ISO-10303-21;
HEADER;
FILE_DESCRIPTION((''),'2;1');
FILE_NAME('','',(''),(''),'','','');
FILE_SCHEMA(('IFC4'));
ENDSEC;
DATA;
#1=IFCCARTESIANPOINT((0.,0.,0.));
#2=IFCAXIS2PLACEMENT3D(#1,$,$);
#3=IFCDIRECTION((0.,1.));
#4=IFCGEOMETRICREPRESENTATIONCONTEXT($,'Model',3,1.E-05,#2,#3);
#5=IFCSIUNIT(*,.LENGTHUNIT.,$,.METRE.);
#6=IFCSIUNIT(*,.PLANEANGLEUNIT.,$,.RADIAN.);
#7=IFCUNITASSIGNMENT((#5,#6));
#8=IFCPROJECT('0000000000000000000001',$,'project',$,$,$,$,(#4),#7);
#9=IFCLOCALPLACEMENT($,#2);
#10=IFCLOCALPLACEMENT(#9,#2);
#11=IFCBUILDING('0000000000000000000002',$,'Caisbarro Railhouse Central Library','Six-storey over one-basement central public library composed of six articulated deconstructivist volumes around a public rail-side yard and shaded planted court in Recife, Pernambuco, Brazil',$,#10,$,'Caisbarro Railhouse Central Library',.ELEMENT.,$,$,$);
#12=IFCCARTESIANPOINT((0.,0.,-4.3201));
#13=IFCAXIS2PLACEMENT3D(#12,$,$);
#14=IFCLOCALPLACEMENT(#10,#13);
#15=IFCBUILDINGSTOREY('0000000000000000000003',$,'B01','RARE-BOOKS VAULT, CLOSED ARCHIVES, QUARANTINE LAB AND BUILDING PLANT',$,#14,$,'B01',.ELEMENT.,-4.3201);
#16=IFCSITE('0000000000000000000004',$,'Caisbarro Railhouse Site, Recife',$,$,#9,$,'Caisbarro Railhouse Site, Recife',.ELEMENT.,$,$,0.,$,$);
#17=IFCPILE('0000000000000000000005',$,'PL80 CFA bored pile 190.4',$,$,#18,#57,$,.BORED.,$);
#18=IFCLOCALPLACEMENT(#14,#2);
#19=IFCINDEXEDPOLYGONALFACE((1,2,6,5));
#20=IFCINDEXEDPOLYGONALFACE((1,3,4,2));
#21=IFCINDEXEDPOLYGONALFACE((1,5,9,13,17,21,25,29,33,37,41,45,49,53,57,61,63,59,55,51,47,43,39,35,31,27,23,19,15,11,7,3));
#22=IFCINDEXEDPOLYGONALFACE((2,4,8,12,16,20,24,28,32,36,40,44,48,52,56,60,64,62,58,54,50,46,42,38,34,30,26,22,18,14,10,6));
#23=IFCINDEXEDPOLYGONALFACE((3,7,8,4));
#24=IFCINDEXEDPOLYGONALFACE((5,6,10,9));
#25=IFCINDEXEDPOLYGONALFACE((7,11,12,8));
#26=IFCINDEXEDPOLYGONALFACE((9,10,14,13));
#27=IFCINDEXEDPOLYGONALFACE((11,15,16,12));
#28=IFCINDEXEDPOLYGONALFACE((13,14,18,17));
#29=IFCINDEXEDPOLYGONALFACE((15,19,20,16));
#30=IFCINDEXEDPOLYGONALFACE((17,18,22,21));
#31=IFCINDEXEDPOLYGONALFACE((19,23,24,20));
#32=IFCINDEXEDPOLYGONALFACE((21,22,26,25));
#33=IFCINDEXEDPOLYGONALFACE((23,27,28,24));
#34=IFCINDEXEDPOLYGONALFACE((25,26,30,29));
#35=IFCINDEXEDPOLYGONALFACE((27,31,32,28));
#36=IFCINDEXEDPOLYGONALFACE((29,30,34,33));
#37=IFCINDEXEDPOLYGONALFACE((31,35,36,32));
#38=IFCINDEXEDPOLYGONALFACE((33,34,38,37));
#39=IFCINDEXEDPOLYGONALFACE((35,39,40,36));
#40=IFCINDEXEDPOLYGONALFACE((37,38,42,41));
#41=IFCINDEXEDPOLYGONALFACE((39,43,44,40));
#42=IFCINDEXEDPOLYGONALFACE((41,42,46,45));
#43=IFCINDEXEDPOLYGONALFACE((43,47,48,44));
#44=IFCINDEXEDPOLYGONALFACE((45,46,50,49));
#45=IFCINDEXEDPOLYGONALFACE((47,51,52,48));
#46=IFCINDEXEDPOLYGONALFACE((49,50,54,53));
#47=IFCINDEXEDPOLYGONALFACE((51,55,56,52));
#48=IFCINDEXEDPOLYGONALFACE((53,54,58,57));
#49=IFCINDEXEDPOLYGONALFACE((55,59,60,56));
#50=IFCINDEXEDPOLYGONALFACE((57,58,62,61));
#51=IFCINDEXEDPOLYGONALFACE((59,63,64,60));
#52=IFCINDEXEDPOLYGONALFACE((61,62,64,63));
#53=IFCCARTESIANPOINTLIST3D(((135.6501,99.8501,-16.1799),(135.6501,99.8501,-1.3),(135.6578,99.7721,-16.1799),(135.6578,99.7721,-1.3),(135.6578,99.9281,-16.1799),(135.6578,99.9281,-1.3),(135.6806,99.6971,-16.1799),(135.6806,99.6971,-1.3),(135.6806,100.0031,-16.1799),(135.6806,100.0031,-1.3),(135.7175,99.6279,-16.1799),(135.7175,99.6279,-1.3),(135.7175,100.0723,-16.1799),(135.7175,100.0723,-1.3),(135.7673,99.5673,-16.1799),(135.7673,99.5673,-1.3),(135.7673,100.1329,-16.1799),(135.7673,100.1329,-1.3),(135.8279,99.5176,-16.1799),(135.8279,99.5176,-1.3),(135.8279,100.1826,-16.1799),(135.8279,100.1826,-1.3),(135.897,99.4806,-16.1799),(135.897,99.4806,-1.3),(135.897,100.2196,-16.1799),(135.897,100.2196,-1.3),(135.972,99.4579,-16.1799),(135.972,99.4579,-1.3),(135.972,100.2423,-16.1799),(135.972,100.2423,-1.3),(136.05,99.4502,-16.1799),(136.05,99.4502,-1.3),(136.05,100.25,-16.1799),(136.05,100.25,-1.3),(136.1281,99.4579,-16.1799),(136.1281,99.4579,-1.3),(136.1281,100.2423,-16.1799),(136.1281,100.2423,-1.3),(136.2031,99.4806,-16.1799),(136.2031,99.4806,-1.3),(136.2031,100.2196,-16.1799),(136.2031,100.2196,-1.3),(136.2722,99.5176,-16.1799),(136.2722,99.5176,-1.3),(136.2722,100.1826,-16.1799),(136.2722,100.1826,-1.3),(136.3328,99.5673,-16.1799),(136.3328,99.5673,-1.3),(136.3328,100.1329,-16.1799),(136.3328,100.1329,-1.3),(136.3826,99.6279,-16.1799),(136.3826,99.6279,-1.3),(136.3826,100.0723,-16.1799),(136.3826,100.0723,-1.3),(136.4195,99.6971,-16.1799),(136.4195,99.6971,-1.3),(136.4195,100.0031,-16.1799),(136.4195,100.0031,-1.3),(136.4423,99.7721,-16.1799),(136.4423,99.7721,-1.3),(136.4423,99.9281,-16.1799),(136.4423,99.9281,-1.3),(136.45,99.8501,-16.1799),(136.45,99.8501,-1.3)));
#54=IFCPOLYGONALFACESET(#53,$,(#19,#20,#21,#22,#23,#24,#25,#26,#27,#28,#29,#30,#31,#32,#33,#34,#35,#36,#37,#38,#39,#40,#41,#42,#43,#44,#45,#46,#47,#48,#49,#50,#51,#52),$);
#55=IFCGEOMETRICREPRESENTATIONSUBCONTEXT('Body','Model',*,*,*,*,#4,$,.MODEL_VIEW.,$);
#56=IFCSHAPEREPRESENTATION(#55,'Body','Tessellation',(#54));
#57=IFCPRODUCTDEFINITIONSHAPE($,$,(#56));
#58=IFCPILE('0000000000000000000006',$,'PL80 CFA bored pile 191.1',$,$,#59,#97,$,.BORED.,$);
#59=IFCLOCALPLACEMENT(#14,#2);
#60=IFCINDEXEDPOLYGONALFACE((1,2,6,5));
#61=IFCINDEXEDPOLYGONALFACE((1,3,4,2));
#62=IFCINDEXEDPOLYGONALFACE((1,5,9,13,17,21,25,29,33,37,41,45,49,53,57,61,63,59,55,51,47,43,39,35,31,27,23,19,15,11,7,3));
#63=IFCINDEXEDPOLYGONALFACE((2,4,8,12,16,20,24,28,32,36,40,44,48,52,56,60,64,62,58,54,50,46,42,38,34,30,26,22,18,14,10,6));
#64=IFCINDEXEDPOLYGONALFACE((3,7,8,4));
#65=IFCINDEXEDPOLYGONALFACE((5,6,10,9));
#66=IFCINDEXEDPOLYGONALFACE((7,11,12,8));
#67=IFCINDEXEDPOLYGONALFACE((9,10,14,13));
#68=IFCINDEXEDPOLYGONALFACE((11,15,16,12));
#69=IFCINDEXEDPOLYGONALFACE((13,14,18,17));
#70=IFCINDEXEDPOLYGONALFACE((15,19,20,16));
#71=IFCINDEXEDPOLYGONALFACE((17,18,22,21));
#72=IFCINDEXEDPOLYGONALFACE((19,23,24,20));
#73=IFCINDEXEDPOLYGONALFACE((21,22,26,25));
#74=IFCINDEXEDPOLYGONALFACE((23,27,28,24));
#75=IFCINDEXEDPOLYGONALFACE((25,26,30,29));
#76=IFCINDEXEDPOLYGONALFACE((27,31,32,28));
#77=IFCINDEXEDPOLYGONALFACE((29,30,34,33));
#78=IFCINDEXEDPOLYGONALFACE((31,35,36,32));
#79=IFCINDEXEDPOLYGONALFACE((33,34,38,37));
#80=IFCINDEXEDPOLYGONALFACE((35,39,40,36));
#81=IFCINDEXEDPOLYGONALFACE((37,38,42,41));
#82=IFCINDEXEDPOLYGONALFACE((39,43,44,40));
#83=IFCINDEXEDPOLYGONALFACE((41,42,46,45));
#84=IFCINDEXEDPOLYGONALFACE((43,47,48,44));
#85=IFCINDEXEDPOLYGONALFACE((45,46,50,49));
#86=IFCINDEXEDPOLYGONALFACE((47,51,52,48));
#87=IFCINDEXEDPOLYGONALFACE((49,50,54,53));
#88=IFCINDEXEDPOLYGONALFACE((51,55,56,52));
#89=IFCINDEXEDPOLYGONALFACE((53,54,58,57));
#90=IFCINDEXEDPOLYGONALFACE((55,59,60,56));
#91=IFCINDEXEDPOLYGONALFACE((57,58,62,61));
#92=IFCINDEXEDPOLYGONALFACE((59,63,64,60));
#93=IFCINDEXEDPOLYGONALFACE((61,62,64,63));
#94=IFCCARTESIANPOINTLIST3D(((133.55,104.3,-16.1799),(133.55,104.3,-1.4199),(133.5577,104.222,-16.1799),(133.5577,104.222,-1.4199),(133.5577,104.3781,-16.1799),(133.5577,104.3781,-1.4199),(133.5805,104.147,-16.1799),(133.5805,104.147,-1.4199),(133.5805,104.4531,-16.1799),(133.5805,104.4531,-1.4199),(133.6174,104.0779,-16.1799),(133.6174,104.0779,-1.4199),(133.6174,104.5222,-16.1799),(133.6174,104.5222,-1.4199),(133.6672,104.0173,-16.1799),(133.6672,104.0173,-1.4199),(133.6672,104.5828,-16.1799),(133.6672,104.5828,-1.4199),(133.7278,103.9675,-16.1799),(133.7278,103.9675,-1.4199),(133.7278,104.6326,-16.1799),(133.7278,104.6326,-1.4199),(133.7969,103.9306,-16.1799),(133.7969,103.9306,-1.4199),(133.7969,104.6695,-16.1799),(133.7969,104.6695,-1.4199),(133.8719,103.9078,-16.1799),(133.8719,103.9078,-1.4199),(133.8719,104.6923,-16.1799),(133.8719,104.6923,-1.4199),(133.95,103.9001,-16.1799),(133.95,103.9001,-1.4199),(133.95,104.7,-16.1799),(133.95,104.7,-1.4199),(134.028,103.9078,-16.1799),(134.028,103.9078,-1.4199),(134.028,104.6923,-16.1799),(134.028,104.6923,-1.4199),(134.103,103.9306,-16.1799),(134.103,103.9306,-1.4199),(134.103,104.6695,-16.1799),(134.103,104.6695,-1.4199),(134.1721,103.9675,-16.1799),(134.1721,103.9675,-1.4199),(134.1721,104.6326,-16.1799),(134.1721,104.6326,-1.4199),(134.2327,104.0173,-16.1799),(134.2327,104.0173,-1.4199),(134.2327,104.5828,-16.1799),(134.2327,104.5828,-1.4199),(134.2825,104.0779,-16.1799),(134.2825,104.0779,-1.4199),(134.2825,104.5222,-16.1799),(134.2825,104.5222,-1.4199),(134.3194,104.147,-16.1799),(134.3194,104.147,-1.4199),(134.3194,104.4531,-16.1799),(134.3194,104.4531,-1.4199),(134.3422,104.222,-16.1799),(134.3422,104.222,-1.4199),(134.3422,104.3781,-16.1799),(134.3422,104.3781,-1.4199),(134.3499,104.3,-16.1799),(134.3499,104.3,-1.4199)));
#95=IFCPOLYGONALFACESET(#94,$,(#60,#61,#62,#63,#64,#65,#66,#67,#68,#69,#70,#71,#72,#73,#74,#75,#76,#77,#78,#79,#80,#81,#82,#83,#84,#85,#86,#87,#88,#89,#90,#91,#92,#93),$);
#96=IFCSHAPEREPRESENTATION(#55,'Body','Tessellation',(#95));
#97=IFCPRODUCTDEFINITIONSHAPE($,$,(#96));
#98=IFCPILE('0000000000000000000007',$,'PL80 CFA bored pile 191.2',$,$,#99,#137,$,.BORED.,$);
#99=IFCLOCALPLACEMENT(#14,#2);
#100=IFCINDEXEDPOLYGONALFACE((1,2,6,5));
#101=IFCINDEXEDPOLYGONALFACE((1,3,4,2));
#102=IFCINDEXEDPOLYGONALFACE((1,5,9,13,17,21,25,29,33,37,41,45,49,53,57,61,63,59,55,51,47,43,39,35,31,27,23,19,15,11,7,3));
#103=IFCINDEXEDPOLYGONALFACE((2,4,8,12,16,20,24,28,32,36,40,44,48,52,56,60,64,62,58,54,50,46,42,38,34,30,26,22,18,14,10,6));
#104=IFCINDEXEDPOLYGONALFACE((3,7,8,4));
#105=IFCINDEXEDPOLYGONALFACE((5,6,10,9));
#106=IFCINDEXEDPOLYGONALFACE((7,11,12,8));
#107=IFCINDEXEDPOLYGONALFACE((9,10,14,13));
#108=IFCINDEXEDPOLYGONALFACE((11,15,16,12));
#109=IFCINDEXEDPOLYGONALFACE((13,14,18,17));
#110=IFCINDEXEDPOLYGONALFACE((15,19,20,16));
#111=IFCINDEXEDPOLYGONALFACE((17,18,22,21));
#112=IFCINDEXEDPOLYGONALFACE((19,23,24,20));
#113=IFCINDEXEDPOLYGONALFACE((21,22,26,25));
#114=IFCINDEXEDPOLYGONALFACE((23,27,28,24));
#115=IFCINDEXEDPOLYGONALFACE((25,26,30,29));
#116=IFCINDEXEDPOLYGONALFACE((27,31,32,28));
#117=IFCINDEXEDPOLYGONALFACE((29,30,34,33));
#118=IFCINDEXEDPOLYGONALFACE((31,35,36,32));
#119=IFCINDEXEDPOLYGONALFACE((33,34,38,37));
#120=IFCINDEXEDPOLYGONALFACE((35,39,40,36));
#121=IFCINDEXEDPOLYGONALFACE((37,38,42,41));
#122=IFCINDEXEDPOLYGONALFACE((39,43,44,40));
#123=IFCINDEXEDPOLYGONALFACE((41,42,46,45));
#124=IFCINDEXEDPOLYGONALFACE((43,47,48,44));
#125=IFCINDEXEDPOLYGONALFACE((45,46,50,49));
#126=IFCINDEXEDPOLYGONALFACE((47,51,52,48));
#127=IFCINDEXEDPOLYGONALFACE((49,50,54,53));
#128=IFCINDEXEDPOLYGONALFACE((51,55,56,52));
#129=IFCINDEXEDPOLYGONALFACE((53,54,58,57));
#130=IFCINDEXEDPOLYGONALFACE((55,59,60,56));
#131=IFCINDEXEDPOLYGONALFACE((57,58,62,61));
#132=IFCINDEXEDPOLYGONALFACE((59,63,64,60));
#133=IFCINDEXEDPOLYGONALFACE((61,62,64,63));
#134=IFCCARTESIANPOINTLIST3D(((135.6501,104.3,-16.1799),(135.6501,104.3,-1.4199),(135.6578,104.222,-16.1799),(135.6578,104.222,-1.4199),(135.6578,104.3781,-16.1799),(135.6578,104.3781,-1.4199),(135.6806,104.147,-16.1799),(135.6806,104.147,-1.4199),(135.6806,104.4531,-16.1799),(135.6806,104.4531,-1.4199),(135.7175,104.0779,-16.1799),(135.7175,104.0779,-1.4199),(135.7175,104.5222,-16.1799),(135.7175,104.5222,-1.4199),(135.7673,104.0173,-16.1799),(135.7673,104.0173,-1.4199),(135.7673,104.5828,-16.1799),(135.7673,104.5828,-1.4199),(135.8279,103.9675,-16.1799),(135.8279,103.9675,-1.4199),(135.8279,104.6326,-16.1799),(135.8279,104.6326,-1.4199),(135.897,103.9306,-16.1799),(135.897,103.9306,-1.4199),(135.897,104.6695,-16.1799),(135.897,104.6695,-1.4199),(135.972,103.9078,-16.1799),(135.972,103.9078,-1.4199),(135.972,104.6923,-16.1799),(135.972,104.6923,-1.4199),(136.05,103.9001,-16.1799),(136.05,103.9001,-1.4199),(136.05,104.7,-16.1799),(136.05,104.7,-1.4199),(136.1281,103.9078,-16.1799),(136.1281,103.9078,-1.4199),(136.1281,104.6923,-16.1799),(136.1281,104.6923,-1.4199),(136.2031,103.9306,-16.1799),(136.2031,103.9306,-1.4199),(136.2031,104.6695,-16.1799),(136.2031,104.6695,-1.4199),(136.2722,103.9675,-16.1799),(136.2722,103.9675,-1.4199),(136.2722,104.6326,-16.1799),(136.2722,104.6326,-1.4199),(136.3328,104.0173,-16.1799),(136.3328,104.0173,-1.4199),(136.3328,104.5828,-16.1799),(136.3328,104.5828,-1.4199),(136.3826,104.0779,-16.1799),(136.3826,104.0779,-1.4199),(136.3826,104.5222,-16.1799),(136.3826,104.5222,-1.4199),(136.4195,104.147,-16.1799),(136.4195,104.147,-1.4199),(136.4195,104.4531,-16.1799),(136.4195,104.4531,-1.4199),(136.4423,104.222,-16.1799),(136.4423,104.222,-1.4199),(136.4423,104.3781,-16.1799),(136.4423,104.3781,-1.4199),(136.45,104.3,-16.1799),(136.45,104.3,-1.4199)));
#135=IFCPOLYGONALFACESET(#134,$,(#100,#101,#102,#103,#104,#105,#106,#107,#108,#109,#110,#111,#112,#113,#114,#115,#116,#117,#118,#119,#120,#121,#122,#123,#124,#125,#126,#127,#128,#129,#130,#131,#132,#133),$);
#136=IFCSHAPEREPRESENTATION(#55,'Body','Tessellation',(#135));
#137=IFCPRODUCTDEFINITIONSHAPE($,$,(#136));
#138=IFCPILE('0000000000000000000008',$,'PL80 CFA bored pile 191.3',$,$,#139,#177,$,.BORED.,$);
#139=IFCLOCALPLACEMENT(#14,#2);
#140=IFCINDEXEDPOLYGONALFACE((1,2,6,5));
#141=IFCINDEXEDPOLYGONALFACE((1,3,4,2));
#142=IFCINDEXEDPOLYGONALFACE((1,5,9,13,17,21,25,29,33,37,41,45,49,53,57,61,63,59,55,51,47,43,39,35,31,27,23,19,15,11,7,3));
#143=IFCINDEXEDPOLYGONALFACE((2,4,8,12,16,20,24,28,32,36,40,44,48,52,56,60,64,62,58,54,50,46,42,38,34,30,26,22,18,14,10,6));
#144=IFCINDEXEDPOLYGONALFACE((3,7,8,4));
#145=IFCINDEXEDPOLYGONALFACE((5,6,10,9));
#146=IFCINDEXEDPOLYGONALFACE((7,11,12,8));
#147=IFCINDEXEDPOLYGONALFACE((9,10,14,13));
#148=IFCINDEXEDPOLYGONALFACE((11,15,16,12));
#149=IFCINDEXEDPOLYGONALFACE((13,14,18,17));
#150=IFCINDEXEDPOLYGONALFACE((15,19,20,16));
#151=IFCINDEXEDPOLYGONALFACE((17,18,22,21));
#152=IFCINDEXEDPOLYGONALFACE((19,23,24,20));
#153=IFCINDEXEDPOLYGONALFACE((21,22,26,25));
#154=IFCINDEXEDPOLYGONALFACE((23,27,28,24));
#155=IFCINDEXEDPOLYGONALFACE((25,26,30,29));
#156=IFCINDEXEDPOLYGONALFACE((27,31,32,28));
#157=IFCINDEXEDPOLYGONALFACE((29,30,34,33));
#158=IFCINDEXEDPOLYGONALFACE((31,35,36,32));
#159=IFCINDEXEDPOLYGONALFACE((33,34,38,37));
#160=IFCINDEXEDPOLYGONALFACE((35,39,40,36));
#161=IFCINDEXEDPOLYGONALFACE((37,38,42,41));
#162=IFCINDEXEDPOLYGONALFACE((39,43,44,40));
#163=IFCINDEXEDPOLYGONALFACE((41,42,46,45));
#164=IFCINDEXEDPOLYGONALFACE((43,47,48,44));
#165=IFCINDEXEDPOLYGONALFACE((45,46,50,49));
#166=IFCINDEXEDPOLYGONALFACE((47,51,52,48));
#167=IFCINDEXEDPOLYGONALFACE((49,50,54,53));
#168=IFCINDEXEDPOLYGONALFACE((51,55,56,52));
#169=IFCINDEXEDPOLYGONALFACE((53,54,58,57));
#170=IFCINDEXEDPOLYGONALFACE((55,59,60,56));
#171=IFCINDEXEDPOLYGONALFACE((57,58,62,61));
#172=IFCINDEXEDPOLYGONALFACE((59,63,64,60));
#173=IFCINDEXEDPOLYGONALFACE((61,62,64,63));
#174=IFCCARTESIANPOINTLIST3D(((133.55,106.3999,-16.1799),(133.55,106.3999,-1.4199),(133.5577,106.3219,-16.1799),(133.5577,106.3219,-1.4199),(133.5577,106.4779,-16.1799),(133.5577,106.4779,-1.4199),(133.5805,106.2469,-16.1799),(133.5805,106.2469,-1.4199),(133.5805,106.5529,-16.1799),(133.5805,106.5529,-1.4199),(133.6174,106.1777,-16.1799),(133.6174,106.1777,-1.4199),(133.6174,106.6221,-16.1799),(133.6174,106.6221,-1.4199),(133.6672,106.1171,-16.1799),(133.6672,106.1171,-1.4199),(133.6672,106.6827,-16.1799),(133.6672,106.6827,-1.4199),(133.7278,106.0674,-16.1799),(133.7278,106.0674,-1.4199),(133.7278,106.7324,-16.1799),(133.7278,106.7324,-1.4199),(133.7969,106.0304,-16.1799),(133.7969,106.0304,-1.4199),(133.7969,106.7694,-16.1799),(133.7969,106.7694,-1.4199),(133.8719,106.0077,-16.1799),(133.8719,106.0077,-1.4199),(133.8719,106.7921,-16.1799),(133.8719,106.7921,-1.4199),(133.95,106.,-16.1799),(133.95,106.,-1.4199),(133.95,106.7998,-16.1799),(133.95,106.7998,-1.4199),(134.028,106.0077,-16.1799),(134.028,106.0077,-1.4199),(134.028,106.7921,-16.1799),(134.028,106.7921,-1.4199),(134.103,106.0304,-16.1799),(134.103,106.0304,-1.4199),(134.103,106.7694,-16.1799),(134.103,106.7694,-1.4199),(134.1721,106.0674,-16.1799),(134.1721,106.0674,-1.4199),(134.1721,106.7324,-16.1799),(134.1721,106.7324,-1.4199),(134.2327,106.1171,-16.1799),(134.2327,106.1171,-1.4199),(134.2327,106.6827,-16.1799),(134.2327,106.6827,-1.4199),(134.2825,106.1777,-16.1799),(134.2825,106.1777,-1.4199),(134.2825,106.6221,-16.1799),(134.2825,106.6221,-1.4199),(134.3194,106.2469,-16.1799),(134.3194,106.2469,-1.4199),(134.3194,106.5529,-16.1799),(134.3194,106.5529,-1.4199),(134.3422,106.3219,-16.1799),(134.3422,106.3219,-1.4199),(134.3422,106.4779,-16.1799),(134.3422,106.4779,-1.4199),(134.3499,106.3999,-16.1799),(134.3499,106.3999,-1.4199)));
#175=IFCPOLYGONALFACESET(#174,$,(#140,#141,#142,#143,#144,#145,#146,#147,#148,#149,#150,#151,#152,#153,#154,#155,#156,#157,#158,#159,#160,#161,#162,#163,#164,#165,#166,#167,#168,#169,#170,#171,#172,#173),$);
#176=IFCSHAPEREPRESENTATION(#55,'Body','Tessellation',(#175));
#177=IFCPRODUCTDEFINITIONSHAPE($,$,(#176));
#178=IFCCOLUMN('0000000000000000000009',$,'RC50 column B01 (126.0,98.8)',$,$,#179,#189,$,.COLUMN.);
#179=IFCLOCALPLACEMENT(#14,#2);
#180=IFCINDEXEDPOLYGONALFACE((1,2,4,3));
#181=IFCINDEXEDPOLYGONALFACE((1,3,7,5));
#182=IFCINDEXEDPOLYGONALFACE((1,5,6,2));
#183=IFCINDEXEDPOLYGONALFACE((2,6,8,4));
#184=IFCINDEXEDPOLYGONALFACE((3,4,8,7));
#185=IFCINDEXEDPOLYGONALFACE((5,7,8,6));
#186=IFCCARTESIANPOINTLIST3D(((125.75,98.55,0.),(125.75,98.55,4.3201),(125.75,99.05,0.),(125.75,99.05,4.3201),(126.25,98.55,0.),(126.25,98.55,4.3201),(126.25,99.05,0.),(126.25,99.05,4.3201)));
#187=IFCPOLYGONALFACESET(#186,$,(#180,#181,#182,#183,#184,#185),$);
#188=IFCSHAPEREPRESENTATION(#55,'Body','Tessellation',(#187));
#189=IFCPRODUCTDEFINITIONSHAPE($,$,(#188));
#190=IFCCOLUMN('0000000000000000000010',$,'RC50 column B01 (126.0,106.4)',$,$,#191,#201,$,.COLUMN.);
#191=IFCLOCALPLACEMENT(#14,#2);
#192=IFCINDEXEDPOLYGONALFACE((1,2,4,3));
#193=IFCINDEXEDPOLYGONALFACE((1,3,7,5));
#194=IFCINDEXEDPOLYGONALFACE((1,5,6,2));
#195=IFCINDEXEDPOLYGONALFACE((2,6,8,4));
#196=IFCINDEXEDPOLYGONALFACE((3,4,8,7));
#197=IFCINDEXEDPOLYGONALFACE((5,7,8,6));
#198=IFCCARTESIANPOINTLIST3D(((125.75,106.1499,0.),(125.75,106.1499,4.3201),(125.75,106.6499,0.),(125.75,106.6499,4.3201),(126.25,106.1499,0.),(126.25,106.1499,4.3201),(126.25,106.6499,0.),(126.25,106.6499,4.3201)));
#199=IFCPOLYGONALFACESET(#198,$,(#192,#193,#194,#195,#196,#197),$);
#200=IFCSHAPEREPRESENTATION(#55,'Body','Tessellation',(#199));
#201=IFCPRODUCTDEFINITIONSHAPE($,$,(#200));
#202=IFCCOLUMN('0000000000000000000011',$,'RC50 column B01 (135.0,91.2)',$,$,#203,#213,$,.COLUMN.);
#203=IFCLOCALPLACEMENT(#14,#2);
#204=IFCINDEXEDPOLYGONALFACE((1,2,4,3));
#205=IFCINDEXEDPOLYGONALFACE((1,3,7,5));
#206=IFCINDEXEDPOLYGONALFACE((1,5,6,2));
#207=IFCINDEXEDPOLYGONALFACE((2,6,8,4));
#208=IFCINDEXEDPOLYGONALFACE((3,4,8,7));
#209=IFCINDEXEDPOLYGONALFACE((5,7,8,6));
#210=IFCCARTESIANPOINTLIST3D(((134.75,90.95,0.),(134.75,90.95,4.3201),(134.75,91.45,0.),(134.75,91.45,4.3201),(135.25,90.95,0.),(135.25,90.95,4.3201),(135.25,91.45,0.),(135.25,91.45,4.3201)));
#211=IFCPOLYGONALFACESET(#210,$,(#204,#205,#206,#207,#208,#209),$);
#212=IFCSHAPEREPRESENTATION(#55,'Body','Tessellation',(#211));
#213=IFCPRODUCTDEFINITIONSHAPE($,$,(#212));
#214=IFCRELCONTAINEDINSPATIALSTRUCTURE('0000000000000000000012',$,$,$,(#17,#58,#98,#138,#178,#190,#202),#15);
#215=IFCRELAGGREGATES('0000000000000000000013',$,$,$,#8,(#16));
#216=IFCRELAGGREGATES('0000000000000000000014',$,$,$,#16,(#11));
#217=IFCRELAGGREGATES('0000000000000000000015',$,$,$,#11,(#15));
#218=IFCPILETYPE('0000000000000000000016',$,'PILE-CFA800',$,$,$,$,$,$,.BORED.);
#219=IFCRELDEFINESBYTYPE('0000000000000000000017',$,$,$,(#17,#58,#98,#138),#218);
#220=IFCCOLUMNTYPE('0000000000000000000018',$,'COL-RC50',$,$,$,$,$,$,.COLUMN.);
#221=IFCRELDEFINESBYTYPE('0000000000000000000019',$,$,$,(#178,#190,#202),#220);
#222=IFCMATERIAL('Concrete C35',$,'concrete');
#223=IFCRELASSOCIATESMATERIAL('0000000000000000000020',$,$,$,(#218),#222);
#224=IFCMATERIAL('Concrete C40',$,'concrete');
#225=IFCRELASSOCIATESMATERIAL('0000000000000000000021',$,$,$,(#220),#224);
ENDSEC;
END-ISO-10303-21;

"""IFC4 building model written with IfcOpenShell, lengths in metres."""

from ifc_helpers import new_model, si_unit, direction, frame, origin, origin_2d, place, context, subcontext, project, spatial, rectangle, circle, extrude, material, material_profile, profile_set, type_object, element, save


model = new_model("IFC4")

# Units and contexts
model_context = context("Model", 3, precision=1e-05, world=origin(), true_north=direction((0.0, 1.0)))
body_context = subcontext(model_context, "Body", "Model", "MODEL_VIEW")
ifc_project = project(units=[si_unit("LENGTHUNIT", "METRE"), si_unit("PLANEANGLEUNIT", "RADIAN")], contexts=[model_context])

# Site, building, storey
site_placement = place(None, origin())
site = spatial("IfcSite", under=ifc_project, at=site_placement, Name="Caisbarro Railhouse Site, Recife", LongName="Caisbarro Railhouse Site, Recife", CompositionType="ELEMENT", RefElevation=0.0)
building_placement = place(site_placement, origin())
building = spatial("IfcBuilding", under=site, at=building_placement, Name="Caisbarro Railhouse Central Library", Description="Six-storey over one-basement central public library composed of six articulated deconstructivist volumes around a public rail-side yard and shaded planted court in Recife, Pernambuco, Brazil", LongName="Caisbarro Railhouse Central Library", CompositionType="ELEMENT")
storey_placement = place(building_placement, frame((0.0, 0.0, -4.3201)))
storey = spatial("IfcBuildingStorey", under=building, at=storey_placement, Name="B01", Description="RARE-BOOKS VAULT, CLOSED ARCHIVES, QUARANTINE LAB AND BUILDING PLANT", LongName="B01", CompositionType="ELEMENT", Elevation=-4.3201)

# Shared definitions
ifc_material_1 = material(Name="Concrete C35", Category="concrete")
ifc_material_2 = material(Name="Concrete C40", Category="concrete")

# Piles
ifc_material_profile_1 = material_profile(ifc_material_1, circle(Radius=0.3999, at=origin_2d()), Name="PILE-CFA-800")
ifc_profile_set_1 = profile_set([ifc_material_profile_1], Name="Concrete C35")
pile_type = type_object("IfcPileType", Name="PILE-CFA800", PredefinedType="BORED", material=ifc_profile_set_1)
for number, where, z_axis, x_axis, name in (
    (1, (136.05, 99.8501, -1.3), (0.0, 0.0, -1.0), (1.0, 0.0, 0.0), "PL80 CFA bored pile 190.4"),
):
    element("IfcPile", number, at=place(storey_placement, frame(where, z_axis=z_axis, x_axis=x_axis)), inside=storey, type_object=pile_type, Name=name, PredefinedType="BORED", context=body_context, shape_type="SweptSolid", body=[
        extrude(circle(Radius=0.3999, at=origin_2d()), origin(), (0.0, 0.0, 1.0), 14.8799),
    ])
for number, where, z_axis, x_axis, name in (
    (2, (133.95, 104.3, -1.4199), (0.0, 0.0, -1.0), (1.0, 0.0, 0.0), "PL80 CFA bored pile 191.1"),
    (3, (136.05, 104.3, -1.4199), (0.0, 0.0, -1.0), (1.0, 0.0, 0.0), "PL80 CFA bored pile 191.2"),
    (4, (133.95, 106.3999, -1.4199), (0.0, 0.0, -1.0), (1.0, 0.0, 0.0), "PL80 CFA bored pile 191.3"),
):
    element("IfcPile", number, at=place(storey_placement, frame(where, z_axis=z_axis, x_axis=x_axis)), inside=storey, type_object=pile_type, Name=name, PredefinedType="BORED", context=body_context, shape_type="SweptSolid", body=[
        extrude(circle(Radius=0.3999, at=origin_2d()), origin(), (0.0, 0.0, 1.0), 14.76),
    ])

# Columns
ifc_material_profile_2 = material_profile(ifc_material_2, rectangle(XDim=0.5, YDim=0.5, at=origin_2d()), Name="RC-COL-500X500")
ifc_profile_set_2 = profile_set([ifc_material_profile_2], Name="Concrete C40")
column_type = type_object("IfcColumnType", Name="COL-RC50", PredefinedType="COLUMN", material=ifc_profile_set_2)
for number, where, z_axis, x_axis, name in (
    (5, (126.0, 98.8, 0.0), (0.0, 0.0, 1.0), (1.0, 0.0, 0.0), "RC50 column B01 (126.0,98.8)"),
    (6, (126.0, 106.3999, 0.0), (0.0, 0.0, 1.0), (1.0, 0.0, 0.0), "RC50 column B01 (126.0,106.4)"),
    (7, (135.0, 91.2, 0.0), (0.0, 0.0, 1.0), (1.0, 0.0, 0.0), "RC50 column B01 (135.0,91.2)"),
):
    element("IfcColumn", number, at=place(storey_placement, frame(where, z_axis=z_axis, x_axis=x_axis)), inside=storey, type_object=column_type, Name=name, PredefinedType="COLUMN", context=body_context, shape_type="SweptSolid", body=[
        extrude(rectangle(XDim=0.5, YDim=0.5, at=origin_2d()), origin(), (0.0, 0.0, 1.0), 4.3201),
    ])

save(model, "model.ifc")
